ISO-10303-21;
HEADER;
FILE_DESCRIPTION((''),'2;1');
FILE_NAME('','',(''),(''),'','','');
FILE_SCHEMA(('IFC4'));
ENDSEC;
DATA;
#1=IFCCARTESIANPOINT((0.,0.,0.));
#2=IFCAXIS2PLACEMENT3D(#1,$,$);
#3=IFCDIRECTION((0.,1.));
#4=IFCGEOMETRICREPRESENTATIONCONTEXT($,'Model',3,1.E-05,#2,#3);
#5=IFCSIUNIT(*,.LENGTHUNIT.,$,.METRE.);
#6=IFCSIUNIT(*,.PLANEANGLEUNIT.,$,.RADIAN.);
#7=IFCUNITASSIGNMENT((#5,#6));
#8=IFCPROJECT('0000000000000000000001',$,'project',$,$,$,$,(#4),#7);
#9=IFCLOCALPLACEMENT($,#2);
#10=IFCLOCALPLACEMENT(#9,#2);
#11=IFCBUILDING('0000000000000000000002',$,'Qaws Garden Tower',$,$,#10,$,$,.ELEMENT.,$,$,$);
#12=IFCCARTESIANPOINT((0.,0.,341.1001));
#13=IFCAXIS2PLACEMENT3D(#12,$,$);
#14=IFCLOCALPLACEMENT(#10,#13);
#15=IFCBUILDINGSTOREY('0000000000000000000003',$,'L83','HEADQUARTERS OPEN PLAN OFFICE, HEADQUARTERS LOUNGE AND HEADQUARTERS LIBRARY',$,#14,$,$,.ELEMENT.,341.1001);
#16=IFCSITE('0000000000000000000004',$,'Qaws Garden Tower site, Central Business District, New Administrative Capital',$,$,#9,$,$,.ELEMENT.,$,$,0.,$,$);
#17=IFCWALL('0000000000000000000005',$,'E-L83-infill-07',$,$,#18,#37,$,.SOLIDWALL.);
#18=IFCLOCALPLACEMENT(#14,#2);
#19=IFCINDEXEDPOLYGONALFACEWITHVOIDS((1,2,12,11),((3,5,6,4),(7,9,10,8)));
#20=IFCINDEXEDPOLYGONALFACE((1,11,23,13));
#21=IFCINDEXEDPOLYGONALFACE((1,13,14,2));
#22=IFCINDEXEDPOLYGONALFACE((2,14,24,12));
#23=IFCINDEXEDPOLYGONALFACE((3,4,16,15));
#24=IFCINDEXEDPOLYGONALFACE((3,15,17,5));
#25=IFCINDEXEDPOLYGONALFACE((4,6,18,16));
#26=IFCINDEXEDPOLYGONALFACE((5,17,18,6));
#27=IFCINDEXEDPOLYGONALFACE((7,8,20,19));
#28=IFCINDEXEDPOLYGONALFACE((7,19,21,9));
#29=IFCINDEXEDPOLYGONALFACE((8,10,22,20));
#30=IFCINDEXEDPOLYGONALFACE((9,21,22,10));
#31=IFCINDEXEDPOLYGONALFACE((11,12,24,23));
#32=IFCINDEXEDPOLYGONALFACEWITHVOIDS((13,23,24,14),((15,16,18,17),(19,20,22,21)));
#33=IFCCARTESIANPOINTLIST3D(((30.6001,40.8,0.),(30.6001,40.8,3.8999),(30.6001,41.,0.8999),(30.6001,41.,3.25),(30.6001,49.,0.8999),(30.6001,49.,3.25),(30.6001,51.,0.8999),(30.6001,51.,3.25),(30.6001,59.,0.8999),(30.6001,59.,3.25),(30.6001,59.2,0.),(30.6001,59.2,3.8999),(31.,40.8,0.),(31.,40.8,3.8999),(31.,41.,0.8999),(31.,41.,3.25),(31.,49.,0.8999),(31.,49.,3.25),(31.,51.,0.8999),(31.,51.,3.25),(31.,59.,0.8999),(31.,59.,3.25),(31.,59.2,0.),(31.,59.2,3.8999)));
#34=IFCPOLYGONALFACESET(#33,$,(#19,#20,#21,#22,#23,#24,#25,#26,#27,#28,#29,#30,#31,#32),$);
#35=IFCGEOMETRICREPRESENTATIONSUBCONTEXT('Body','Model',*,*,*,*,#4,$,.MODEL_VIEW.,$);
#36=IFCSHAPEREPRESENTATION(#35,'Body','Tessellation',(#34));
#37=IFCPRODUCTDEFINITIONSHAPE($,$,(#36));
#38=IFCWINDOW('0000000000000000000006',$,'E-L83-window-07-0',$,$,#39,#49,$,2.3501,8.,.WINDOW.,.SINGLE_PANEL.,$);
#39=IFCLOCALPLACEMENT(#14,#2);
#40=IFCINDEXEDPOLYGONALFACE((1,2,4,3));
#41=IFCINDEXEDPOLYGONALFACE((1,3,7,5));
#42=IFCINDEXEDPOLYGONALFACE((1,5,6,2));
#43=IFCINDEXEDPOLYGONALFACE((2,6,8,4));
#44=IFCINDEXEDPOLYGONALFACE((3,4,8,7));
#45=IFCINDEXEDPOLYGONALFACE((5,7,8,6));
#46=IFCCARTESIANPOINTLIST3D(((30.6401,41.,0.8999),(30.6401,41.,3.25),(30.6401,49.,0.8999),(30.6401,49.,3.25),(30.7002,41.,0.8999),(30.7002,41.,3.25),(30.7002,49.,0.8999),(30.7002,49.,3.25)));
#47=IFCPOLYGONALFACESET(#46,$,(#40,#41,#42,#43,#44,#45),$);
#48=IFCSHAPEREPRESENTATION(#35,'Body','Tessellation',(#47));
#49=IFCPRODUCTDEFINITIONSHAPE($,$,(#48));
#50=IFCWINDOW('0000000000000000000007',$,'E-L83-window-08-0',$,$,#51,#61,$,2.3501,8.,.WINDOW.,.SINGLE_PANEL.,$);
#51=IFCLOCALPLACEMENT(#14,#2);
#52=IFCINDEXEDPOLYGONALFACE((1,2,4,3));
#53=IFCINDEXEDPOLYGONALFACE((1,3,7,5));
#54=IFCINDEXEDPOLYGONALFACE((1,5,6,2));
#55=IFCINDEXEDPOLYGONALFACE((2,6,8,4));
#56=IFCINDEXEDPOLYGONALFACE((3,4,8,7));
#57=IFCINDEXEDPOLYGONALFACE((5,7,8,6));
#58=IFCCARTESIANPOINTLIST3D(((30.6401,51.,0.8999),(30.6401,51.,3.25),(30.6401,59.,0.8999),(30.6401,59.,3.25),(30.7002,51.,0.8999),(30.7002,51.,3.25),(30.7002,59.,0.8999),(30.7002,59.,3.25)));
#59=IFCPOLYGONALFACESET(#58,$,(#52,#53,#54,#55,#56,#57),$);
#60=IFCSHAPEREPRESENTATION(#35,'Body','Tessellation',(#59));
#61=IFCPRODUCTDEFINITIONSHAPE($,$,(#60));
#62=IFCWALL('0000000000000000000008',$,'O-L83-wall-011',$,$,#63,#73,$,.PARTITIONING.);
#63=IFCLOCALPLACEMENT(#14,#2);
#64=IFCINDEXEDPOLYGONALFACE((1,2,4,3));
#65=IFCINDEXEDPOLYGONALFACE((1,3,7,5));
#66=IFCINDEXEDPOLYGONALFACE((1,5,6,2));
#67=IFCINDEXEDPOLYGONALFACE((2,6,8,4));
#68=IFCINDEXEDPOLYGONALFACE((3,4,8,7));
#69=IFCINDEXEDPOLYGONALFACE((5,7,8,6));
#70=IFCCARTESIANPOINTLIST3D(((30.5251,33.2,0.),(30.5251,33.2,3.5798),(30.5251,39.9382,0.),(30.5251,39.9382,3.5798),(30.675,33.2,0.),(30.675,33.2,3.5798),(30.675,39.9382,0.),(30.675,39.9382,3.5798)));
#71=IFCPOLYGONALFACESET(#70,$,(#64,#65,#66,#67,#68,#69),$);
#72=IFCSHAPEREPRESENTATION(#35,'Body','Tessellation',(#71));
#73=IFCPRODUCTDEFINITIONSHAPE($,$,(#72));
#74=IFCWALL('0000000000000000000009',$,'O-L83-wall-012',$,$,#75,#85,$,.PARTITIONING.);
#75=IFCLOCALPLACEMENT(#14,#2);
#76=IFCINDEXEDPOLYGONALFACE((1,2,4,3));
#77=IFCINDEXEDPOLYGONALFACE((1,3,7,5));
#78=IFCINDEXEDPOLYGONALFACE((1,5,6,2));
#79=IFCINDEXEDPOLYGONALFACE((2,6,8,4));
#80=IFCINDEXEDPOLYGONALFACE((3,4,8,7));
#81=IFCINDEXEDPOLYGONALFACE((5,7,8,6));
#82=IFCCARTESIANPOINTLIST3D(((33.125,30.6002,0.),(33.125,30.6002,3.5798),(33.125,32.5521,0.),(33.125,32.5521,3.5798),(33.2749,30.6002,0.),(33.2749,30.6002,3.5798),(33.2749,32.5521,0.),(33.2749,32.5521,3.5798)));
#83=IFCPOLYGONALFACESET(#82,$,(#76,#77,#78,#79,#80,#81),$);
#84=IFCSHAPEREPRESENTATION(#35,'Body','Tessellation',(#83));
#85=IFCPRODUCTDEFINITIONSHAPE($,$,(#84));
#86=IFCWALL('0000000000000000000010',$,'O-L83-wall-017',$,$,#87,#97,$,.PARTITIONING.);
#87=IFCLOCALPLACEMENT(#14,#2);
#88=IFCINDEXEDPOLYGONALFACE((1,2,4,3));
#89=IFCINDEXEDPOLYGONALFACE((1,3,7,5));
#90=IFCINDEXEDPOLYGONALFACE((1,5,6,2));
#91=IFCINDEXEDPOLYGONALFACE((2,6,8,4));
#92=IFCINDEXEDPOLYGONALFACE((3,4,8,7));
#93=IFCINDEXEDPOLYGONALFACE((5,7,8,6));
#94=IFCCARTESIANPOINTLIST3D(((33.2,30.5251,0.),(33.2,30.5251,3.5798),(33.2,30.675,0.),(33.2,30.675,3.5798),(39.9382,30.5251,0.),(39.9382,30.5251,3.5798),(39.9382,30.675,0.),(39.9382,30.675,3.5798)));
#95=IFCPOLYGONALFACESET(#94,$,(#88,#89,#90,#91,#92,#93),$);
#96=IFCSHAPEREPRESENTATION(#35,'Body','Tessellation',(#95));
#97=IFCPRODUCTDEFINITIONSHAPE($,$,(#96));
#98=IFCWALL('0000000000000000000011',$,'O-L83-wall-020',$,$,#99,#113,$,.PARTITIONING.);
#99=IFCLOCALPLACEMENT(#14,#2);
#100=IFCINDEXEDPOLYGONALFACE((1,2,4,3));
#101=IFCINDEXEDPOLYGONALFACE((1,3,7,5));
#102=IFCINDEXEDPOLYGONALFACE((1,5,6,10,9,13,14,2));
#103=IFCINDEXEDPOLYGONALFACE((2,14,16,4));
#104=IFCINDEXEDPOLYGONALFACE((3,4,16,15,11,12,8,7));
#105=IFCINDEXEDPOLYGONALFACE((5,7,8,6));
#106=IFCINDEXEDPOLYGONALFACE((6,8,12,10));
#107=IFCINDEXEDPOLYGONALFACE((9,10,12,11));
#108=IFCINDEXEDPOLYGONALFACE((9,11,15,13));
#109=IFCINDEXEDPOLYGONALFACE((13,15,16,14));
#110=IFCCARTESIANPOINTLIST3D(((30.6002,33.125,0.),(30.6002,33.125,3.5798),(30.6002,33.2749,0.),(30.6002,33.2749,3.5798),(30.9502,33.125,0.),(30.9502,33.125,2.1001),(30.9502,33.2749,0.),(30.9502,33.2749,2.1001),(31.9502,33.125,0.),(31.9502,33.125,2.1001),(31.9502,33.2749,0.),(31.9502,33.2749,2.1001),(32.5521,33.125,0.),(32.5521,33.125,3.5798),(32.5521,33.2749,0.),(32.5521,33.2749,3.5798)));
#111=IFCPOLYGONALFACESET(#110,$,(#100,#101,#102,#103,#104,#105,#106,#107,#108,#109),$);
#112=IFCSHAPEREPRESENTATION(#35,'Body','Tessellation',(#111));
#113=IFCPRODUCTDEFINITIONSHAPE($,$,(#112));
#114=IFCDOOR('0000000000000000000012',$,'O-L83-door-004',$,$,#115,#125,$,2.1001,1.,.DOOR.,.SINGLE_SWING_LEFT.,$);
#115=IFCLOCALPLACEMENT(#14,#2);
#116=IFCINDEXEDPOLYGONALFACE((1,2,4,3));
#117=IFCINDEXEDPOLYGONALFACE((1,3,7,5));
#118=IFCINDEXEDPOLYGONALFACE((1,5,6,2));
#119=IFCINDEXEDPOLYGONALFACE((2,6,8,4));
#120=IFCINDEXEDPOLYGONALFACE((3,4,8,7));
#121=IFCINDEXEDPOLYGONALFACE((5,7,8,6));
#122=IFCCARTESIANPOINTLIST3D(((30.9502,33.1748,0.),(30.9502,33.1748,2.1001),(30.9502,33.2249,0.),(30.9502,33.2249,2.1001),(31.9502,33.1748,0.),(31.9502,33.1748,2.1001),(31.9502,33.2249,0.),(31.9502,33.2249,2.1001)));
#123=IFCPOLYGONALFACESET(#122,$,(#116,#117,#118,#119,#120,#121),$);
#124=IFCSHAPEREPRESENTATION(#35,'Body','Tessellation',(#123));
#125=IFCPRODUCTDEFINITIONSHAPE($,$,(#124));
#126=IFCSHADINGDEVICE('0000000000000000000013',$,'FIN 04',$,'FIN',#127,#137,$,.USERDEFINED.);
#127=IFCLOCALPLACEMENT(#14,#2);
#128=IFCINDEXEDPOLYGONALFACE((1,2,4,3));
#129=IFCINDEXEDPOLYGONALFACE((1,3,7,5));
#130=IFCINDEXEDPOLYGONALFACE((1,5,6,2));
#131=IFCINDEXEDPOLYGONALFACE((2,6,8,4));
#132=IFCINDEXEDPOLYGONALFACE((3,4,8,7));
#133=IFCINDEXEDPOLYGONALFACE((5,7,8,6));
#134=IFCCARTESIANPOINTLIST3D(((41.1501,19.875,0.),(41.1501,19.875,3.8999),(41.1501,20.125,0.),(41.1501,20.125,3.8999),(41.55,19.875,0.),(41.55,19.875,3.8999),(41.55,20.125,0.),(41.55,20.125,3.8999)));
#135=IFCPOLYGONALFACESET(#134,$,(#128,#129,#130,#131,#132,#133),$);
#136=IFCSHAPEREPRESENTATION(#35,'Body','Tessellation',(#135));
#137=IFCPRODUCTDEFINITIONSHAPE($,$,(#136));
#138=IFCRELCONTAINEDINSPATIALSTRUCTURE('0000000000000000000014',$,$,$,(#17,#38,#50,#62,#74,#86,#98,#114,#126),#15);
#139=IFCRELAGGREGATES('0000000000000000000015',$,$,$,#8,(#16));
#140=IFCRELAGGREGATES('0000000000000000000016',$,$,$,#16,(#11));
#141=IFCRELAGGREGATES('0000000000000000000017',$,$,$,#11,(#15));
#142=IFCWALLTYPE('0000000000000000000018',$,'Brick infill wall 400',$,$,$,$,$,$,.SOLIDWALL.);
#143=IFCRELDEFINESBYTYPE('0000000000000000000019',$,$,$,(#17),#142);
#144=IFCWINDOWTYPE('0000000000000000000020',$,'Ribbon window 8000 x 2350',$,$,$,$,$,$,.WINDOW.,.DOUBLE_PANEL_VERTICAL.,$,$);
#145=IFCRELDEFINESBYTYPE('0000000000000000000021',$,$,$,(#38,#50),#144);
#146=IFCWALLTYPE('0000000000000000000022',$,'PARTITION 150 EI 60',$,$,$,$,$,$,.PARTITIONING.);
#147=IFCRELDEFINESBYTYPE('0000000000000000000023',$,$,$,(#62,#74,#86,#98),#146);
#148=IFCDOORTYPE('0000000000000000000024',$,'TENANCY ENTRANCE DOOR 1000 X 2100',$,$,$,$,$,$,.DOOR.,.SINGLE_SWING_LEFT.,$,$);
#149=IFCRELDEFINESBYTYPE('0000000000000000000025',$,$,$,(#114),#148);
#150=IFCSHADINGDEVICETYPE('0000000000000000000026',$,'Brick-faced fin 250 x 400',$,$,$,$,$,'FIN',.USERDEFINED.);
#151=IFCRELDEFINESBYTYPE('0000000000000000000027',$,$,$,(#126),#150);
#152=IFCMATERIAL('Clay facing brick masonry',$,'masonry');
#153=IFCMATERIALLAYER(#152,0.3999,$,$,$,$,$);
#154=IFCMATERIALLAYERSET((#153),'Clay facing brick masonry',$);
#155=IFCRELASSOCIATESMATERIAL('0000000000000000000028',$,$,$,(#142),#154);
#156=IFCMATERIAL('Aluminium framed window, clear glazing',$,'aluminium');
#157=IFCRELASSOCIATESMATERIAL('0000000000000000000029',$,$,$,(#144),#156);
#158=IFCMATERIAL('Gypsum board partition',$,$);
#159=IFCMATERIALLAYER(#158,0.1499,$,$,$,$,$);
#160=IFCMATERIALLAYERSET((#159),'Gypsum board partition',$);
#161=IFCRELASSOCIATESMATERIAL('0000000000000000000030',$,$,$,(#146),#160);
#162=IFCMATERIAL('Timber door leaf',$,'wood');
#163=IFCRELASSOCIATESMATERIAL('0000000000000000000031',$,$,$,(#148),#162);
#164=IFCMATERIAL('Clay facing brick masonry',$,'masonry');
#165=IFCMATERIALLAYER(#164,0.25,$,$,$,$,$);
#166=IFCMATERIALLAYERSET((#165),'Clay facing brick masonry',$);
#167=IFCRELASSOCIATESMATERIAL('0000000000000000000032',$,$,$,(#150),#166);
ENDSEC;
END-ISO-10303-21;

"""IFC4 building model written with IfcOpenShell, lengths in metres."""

from ifc_helpers import new_model, si_unit, direction, frame, frame_2d, origin, origin_2d, place, context, subcontext, project, spatial, rectangle, extrude, material, layer, layer_set, type_object, element, fill, save


model = new_model("IFC4")

# Units and contexts
model_context = context("Model", 3, precision=1e-05, world=origin(), true_north=direction((0.0, 1.0)))
body_context = subcontext(model_context, "Body", "Model", "MODEL_VIEW")
ifc_project = project(units=[si_unit("LENGTHUNIT", "METRE"), si_unit("PLANEANGLEUNIT", "RADIAN")], contexts=[model_context])

# Site, building, storey
site_placement = place(None, origin())
site = spatial("IfcSite", under=ifc_project, at=site_placement, Name="Qaws Garden Tower site, Central Business District, New Administrative Capital", CompositionType="ELEMENT", RefElevation=0.0)
building_placement = place(site_placement, origin())
building = spatial("IfcBuilding", under=site, at=building_placement, Name="Qaws Garden Tower", CompositionType="ELEMENT")
storey_placement = place(building_placement, frame((0.0, 0.0, 341.1001)))
storey = spatial("IfcBuildingStorey", under=building, at=storey_placement, Name="L83", Description="HEADQUARTERS OPEN PLAN OFFICE, HEADQUARTERS LOUNGE AND HEADQUARTERS LIBRARY", CompositionType="ELEMENT", Elevation=341.1001)

# Shared definitions
ifc_material_1 = material(Name="Clay facing brick masonry", Category="masonry")
ifc_layer_1 = layer(ifc_material_1, 0.3999)
ifc_layer_set_1 = layer_set([ifc_layer_1], Name="Clay facing brick masonry")
wall_type_1 = type_object("IfcWallType", Name="Brick infill wall 400", PredefinedType="SOLIDWALL", material=ifc_layer_set_1)

# Wall, openings, windows
wall_1_placement = place(storey_placement, frame((30.8, 40.8, 0.0), z_axis=(0.0, 0.0, 1.0), x_axis=(0.0, 1.0, 0.0)))
wall_1 = element("IfcWall", 1, at=wall_1_placement, inside=storey, type_object=wall_type_1, Name="E-L83-infill-07", PredefinedType="SOLIDWALL", context=body_context, shape_type="SweptSolid", body=[
    extrude(rectangle(XDim=18.3999, YDim=0.3999, at=frame_2d((9.2, 0.0))), origin(), (0.0, 0.0, 1.0), 3.8999),
])
opening_1_placement = place(wall_1_placement, frame((0.2, 0.0, 0.8999)))
opening_1 = element("IfcOpeningElement", 2, at=opening_1_placement, cuts=wall_1, PredefinedType="OPENING", context=body_context, shape_type="SweptSolid", body=[
    extrude(rectangle(XDim=8.0, YDim=2.3501, at=frame_2d((4.0, 1.175))), frame((0.0, 0.21, 0.0), z_axis=(0.0, -1.0, 0.0), x_axis=(1.0, 0.0, 0.0)), (0.0, 0.0, 1.0), 0.4199),
])
opening_2_placement = place(wall_1_placement, frame((10.2, 0.0, 0.8999)))
opening_2 = element("IfcOpeningElement", 3, at=opening_2_placement, cuts=wall_1, PredefinedType="OPENING", context=body_context, shape_type="SweptSolid", body=[
    extrude(rectangle(XDim=8.0, YDim=2.3501, at=frame_2d((4.0, 1.175))), frame((0.0, 0.21, 0.0), z_axis=(0.0, -1.0, 0.0), x_axis=(1.0, 0.0, 0.0)), (0.0, 0.0, 1.0), 0.4199),
])
ifc_material_2 = material(Name="Aluminium framed window, clear glazing", Category="aluminium")
window_type_1 = type_object("IfcWindowType", Name="Ribbon window 8000 x 2350", PartitioningType="DOUBLE_PANEL_VERTICAL", PredefinedType="WINDOW", material=ifc_material_2)
window_1_placement = place(opening_1_placement, origin())
window_1 = element("IfcWindow", 4, at=window_1_placement, inside=storey, type_object=window_type_1, Name="E-L83-window-07-0", OverallHeight=2.3501, OverallWidth=8.0, PartitioningType="SINGLE_PANEL", PredefinedType="WINDOW", context=body_context, shape_type="SweptSolid", body=[
    extrude(rectangle(XDim=8.0, YDim=2.3501, at=frame_2d((4.0, 1.175))), frame((0.0, 0.1599, 0.0), z_axis=(0.0, -1.0, 0.0), x_axis=(1.0, 0.0, 0.0)), (0.0, 0.0, 1.0), 0.0601),
])
fill(opening_1, window_1)
window_2_placement = place(opening_2_placement, origin())
window_2 = element("IfcWindow", 5, at=window_2_placement, inside=storey, type_object=window_type_1, Name="E-L83-window-08-0", OverallHeight=2.3501, OverallWidth=8.0, PartitioningType="SINGLE_PANEL", PredefinedType="WINDOW", context=body_context, shape_type="SweptSolid", body=[
    extrude(rectangle(XDim=8.0, YDim=2.3501, at=frame_2d((4.0, 1.175))), frame((0.0, 0.1599, 0.0), z_axis=(0.0, -1.0, 0.0), x_axis=(1.0, 0.0, 0.0)), (0.0, 0.0, 1.0), 0.0601),
])
fill(opening_2, window_2)

# Walls
ifc_material_3 = material(Name="Gypsum board partition")
ifc_layer_2 = layer(ifc_material_3, 0.1499)
ifc_layer_set_2 = layer_set([ifc_layer_2], Name="Gypsum board partition")
wall_type_2 = type_object("IfcWallType", Name="PARTITION 150 EI 60", PredefinedType="PARTITIONING", material=ifc_layer_set_2)
wall_2_placement = place(storey_placement, frame((30.6001, 33.2, 0.0), z_axis=(0.0, 0.0, 1.0), x_axis=(0.0, 1.0, 0.0)))
element("IfcWall", 6, at=wall_2_placement, inside=storey, type_object=wall_type_2, Name="O-L83-wall-011", PredefinedType="PARTITIONING", context=body_context, shape_type="SweptSolid", body=[
    extrude(rectangle(XDim=6.7383, YDim=0.1499, at=frame_2d((3.3691, 0.0))), origin(), (0.0, 0.0, 1.0), 3.5798),
])
wall_3_placement = place(storey_placement, frame((33.2, 30.6001, 0.0), z_axis=(0.0, 0.0, 1.0), x_axis=(0.0, 1.0, 0.0)))
element("IfcWall", 7, at=wall_3_placement, inside=storey, type_object=wall_type_2, Name="O-L83-wall-012", PredefinedType="PARTITIONING", context=body_context, shape_type="SweptSolid", body=[
    extrude(rectangle(XDim=1.9519, YDim=0.1499, at=frame_2d((0.9761, 0.0))), origin(), (0.0, 0.0, 1.0), 3.5798),
])
wall_4_placement = place(storey_placement, frame((33.2, 30.6001, 0.0), z_axis=(0.0, 0.0, 1.0), x_axis=(1.0, 0.0, 0.0)))
element("IfcWall", 8, at=wall_4_placement, inside=storey, type_object=wall_type_2, Name="O-L83-wall-017", PredefinedType="PARTITIONING", context=body_context, shape_type="SweptSolid", body=[
    extrude(rectangle(XDim=6.7383, YDim=0.1499, at=frame_2d((3.3691, 0.0))), origin(), (0.0, 0.0, 1.0), 3.5798),
])

# Wall, opening, door
wall_5_placement = place(storey_placement, frame((30.6001, 33.2, 0.0), z_axis=(0.0, 0.0, 1.0), x_axis=(1.0, 0.0, 0.0)))
wall_5 = element("IfcWall", 9, at=wall_5_placement, inside=storey, type_object=wall_type_2, Name="O-L83-wall-020", PredefinedType="PARTITIONING", context=body_context, shape_type="SweptSolid", body=[
    extrude(rectangle(XDim=1.9519, YDim=0.1499, at=frame_2d((0.9761, 0.0))), origin(), (0.0, 0.0, 1.0), 3.5798),
])
opening_3_placement = place(wall_5_placement, frame((0.3501, 0.0, 0.0)))
opening_3 = element("IfcOpeningElement", 10, at=opening_3_placement, cuts=wall_5, PredefinedType="OPENING", context=body_context, shape_type="SweptSolid", body=[
    extrude(rectangle(XDim=1.0, YDim=2.1001, at=frame_2d((0.5, 1.05))), frame((0.0, 0.085, 0.0), z_axis=(0.0, -1.0, 0.0), x_axis=(1.0, 0.0, 0.0)), (0.0, 0.0, 1.0), 0.1699),
])
ifc_material_4 = material(Name="Timber door leaf", Category="wood")
door_type = type_object("IfcDoorType", Name="TENANCY ENTRANCE DOOR 1000 X 2100", OperationType="SINGLE_SWING_LEFT", PredefinedType="DOOR", material=ifc_material_4)
door_placement = place(opening_3_placement, origin())
door = element("IfcDoor", 11, at=door_placement, inside=storey, type_object=door_type, Name="O-L83-door-004", OperationType="SINGLE_SWING_LEFT", OverallHeight=2.1001, OverallWidth=1.0, PredefinedType="DOOR", context=body_context, shape_type="SweptSolid", body=[
    extrude(rectangle(XDim=1.0, YDim=2.1001, at=frame_2d((0.5, 1.05))), frame((0.0, 0.0249, 0.0), z_axis=(0.0, -1.0, 0.0), x_axis=(1.0, 0.0, 0.0)), (0.0, 0.0, 1.0), 0.05),
])
fill(opening_3, door)

# Shading device
ifc_material_5 = material(Name="Clay facing brick masonry", Category="masonry")
ifc_layer_3 = layer(ifc_material_5, 0.25)
ifc_layer_set_3 = layer_set([ifc_layer_3], Name="Clay facing brick masonry")
shading_device_type = type_object("IfcShadingDeviceType", Name="Brick-faced fin 250 x 400", ElementType="FIN", PredefinedType="USERDEFINED", material=ifc_layer_set_3)
shading_device_placement = place(storey_placement, frame((41.3501, 20.0, 0.0), z_axis=(0.0, 0.0, 1.0), x_axis=(0.0, 1.0, 0.0)))
element("IfcShadingDevice", 12, at=shading_device_placement, inside=storey, type_object=shading_device_type, Name="FIN 04", ObjectType="FIN", PredefinedType="USERDEFINED", context=body_context, shape_type="SweptSolid", body=[
    extrude(rectangle(XDim=0.25, YDim=0.3999, at=origin_2d()), origin(), (0.0, 0.0, 1.0), 3.8999),
])

save(model, "model.ifc")
